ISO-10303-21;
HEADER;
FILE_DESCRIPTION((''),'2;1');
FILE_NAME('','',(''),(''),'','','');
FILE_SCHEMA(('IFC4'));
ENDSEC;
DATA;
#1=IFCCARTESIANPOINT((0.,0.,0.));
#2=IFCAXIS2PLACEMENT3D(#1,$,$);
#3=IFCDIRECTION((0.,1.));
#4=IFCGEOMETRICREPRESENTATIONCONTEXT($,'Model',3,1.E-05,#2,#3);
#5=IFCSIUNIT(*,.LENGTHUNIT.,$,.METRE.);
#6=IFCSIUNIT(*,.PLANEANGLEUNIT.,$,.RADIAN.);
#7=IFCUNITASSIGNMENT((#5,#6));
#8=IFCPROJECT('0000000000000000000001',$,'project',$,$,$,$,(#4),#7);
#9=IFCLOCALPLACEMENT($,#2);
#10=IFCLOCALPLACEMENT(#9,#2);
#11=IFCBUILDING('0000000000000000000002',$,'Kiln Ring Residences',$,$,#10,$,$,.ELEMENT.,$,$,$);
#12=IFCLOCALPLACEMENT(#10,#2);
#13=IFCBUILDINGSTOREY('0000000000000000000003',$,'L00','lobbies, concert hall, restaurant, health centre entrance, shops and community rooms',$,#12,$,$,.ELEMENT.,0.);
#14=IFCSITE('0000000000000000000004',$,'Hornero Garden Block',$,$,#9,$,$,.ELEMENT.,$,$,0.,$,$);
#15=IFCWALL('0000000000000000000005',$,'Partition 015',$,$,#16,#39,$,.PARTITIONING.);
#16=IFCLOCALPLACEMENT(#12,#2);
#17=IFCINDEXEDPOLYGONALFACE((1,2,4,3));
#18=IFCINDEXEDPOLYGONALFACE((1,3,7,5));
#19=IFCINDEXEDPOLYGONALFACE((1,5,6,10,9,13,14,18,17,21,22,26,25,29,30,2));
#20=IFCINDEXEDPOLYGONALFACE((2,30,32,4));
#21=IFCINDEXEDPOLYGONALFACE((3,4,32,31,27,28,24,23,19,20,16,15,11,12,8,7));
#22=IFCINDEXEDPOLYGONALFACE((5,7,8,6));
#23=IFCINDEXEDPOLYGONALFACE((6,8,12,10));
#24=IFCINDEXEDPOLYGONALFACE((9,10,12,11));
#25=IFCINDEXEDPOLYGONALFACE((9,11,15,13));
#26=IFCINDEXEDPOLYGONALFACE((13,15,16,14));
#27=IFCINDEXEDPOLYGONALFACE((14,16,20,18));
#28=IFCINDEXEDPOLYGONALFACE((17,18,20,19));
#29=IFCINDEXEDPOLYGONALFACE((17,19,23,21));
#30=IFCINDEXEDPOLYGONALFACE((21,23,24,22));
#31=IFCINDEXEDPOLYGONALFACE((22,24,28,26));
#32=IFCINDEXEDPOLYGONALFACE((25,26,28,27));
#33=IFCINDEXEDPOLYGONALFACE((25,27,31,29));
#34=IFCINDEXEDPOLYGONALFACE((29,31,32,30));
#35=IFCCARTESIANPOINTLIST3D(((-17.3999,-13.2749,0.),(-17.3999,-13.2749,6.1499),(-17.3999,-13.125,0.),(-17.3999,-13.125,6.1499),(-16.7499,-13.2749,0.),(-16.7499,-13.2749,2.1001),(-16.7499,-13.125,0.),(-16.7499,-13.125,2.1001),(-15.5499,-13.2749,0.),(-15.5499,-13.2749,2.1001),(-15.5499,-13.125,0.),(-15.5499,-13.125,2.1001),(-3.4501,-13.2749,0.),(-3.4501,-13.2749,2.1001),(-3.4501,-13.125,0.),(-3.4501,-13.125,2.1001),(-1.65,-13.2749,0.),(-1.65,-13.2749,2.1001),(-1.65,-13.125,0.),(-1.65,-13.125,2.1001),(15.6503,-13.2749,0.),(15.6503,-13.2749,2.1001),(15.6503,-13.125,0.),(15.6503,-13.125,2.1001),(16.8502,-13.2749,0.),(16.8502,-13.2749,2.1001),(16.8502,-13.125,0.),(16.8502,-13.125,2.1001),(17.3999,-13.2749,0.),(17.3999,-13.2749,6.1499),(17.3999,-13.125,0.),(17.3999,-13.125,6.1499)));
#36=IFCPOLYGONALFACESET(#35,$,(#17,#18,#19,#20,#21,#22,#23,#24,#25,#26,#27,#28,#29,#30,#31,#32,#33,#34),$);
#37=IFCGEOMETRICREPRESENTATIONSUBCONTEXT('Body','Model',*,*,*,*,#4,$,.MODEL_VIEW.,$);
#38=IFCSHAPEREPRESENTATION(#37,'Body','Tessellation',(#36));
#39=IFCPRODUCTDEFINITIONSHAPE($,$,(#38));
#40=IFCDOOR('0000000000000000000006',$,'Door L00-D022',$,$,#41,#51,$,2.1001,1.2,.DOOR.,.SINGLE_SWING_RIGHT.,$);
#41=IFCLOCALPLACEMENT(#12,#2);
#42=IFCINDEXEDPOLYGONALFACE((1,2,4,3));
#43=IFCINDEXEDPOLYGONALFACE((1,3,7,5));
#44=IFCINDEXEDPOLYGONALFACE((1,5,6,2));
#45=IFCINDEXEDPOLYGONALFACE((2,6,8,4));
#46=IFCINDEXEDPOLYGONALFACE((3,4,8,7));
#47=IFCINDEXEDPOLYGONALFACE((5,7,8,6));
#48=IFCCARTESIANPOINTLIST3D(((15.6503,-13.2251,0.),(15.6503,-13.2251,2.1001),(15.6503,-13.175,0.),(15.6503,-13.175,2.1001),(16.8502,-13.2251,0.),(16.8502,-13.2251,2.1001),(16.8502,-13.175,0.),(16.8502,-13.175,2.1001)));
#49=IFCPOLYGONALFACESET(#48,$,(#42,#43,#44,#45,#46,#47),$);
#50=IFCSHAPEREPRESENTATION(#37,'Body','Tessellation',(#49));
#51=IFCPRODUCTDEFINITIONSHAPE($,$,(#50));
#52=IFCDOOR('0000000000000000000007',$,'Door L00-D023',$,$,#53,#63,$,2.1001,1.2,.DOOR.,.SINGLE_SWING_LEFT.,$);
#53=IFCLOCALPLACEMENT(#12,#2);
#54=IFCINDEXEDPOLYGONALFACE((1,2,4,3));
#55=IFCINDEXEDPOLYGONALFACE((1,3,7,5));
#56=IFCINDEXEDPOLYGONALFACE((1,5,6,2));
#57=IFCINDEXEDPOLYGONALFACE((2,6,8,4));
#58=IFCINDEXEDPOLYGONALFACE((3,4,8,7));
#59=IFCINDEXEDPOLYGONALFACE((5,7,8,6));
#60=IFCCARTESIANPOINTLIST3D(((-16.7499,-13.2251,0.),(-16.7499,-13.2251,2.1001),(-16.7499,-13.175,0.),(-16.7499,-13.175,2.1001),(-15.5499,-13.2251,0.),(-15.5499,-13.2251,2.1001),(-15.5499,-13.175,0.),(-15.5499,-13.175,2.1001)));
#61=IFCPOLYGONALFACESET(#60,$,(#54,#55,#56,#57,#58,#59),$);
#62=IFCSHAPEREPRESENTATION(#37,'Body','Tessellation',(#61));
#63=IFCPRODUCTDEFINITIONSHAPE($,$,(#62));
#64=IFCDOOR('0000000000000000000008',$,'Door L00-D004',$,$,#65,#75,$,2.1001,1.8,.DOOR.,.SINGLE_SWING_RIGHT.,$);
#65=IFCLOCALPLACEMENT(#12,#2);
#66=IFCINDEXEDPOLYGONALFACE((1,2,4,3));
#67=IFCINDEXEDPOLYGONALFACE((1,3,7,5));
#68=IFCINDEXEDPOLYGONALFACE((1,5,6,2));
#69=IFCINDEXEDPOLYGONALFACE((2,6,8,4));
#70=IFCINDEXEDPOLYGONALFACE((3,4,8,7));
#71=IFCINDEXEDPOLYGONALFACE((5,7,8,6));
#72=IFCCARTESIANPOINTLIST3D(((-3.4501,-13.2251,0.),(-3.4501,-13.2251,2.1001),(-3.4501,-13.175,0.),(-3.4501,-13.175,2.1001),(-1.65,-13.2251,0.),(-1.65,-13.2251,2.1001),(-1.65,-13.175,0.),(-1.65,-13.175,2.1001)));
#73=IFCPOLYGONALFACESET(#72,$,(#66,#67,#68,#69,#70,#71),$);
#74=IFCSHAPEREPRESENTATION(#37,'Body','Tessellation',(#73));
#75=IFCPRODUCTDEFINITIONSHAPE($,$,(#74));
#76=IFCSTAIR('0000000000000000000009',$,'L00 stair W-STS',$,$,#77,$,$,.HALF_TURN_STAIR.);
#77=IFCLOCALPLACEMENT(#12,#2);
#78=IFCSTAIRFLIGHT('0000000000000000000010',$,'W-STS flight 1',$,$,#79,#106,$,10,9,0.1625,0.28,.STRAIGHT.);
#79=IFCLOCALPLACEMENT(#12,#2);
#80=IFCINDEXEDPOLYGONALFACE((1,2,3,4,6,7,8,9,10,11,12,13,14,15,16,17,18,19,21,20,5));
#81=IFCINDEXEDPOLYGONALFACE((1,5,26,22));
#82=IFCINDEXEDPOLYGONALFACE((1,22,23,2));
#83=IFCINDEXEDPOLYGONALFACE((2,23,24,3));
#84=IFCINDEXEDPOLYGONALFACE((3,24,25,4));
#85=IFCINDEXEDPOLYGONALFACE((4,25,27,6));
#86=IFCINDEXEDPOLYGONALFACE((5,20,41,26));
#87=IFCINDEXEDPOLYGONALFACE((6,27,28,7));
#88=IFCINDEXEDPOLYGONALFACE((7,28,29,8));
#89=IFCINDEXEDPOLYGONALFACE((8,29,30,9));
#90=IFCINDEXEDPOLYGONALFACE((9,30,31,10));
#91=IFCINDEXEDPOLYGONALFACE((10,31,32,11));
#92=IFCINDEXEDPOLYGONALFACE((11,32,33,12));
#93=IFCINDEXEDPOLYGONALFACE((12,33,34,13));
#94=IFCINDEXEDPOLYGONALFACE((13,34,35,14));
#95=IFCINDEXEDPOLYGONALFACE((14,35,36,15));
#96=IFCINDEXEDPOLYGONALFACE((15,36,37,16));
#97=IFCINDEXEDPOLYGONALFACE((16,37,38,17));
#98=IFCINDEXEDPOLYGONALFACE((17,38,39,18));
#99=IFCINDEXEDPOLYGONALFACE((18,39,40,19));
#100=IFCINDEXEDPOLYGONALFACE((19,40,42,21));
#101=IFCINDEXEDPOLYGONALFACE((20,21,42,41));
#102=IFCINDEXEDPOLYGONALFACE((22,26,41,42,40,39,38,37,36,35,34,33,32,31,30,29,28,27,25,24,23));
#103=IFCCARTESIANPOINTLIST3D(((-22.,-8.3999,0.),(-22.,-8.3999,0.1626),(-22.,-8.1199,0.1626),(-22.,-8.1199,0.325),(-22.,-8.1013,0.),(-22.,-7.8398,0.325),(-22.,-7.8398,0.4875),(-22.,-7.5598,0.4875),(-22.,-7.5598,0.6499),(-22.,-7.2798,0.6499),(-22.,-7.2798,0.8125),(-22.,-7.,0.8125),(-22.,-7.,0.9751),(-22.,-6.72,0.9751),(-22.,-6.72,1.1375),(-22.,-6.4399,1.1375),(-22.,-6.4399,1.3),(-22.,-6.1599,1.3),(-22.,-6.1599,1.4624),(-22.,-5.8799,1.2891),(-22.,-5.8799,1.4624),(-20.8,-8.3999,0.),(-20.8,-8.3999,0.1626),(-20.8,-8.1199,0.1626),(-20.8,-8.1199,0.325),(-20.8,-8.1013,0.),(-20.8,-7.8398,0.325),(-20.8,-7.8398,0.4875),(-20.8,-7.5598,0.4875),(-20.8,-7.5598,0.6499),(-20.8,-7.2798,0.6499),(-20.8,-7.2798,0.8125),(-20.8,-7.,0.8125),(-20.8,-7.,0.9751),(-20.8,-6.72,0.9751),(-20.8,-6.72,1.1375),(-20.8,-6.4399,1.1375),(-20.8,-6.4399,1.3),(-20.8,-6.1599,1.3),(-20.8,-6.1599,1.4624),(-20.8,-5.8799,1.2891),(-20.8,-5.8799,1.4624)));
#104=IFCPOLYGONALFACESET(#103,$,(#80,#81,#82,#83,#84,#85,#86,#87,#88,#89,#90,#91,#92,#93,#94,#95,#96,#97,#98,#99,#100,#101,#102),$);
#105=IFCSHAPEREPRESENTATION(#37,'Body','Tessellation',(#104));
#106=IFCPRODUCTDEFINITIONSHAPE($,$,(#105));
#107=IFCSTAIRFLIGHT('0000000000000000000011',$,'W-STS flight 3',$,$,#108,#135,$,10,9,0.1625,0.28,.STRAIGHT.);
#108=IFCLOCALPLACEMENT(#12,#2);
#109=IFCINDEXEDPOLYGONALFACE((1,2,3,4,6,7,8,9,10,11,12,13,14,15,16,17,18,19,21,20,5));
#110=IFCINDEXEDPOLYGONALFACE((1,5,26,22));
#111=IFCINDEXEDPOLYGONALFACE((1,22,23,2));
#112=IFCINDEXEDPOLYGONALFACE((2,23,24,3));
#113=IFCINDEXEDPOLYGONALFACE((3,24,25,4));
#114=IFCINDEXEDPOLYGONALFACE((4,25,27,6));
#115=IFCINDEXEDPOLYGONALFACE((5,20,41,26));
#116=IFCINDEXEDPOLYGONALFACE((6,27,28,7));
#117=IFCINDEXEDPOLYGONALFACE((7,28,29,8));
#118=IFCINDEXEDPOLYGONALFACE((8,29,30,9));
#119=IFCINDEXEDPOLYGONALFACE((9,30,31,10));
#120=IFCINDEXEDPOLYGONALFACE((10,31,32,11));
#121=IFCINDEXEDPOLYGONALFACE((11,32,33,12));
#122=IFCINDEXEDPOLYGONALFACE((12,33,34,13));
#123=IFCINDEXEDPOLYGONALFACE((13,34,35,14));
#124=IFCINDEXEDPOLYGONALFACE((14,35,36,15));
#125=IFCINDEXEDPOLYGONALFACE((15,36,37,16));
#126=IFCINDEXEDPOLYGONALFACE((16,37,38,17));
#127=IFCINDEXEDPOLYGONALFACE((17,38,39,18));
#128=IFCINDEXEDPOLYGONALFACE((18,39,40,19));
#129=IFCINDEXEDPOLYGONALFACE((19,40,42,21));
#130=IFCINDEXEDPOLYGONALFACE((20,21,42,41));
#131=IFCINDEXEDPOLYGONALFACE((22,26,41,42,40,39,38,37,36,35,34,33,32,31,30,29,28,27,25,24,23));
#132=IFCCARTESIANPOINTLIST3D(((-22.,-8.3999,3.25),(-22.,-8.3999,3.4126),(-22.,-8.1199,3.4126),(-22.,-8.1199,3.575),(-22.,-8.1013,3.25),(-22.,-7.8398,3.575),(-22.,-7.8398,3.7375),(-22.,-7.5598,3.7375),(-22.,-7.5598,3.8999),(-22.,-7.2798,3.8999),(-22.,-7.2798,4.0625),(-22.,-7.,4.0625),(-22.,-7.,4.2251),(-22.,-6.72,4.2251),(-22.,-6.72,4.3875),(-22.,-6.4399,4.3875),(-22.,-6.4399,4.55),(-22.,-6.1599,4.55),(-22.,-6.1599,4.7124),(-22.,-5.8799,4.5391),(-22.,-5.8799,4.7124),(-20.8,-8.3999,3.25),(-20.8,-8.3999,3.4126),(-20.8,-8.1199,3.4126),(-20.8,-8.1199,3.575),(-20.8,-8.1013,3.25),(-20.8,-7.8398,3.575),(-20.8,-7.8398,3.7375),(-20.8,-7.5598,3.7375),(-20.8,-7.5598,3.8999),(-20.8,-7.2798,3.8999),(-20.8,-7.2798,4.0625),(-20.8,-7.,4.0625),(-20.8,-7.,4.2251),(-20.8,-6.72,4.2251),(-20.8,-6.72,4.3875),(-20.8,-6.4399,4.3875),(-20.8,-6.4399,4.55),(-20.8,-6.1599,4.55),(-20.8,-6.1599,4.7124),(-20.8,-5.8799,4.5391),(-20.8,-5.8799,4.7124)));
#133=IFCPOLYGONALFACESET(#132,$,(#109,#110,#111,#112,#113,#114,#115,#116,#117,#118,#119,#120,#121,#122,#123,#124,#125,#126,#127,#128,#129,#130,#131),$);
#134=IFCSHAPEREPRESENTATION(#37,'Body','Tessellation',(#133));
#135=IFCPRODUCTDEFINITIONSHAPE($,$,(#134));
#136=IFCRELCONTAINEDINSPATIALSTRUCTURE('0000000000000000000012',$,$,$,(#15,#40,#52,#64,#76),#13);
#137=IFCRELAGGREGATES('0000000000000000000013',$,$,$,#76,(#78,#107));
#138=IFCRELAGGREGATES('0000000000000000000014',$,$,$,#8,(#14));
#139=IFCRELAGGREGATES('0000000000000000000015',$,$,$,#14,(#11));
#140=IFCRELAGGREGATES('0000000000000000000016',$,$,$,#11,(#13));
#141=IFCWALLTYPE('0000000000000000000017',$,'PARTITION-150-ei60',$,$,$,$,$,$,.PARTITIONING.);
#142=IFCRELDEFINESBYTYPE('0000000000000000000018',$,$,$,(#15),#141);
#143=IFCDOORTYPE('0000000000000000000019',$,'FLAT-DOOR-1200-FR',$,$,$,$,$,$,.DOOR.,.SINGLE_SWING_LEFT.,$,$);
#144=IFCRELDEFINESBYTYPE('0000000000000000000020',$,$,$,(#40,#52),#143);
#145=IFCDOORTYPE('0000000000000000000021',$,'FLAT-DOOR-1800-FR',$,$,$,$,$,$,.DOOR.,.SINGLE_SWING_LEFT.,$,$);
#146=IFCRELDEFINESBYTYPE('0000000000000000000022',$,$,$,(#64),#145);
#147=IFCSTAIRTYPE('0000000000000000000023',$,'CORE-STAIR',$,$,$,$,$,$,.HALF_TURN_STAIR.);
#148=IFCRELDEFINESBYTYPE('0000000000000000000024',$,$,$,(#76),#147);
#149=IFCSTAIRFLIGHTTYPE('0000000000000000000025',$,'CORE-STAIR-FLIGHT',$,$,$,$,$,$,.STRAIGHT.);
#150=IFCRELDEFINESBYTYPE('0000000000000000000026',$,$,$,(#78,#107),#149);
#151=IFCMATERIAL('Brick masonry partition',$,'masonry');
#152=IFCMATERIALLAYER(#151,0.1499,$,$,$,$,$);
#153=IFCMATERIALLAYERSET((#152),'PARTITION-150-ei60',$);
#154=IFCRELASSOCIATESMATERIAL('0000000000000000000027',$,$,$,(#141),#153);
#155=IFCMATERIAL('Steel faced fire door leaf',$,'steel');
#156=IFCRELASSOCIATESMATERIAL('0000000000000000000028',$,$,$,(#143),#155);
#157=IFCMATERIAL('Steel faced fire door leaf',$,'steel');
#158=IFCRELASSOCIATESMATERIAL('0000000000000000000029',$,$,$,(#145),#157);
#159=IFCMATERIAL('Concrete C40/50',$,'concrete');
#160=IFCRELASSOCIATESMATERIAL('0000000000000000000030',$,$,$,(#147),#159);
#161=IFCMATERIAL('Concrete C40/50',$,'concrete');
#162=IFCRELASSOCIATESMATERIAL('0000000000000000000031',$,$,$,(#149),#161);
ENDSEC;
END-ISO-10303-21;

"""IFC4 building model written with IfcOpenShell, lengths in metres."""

from ifc_helpers import new_model, si_unit, direction, frame, frame_2d, origin, place, context, subcontext, project, spatial, polyline, rectangle, outline, extrude, material, layer, layer_set, type_object, element, fill, aggregate, save


model = new_model("IFC4")

# Units and contexts
model_context = context("Model", 3, precision=1e-05, world=origin(), true_north=direction((0.0, 1.0)))
body_context = subcontext(model_context, "Body", "Model", "MODEL_VIEW")
ifc_project = project(units=[si_unit("LENGTHUNIT", "METRE"), si_unit("PLANEANGLEUNIT", "RADIAN")], contexts=[model_context])

# Site, building, storey
site_placement = place(None, origin())
site = spatial("IfcSite", under=ifc_project, at=site_placement, Name="Hornero Garden Block", CompositionType="ELEMENT", RefElevation=0.0)
building_placement = place(site_placement, origin())
building = spatial("IfcBuilding", under=site, at=building_placement, Name="Kiln Ring Residences", CompositionType="ELEMENT")
storey_placement = place(building_placement, origin())
storey = spatial("IfcBuildingStorey", under=building, at=storey_placement, Name="L00", Description="lobbies, concert hall, restaurant, health centre entrance, shops and community rooms", CompositionType="ELEMENT", Elevation=0.0)

# Wall, openings, doors
ifc_material_1 = material(Name="Brick masonry partition", Category="masonry")
ifc_layer_1 = layer(ifc_material_1, 0.1499)
ifc_layer_set_1 = layer_set([ifc_layer_1], Name="PARTITION-150-ei60")
wall_type_1 = type_object("IfcWallType", Name="PARTITION-150-ei60", PredefinedType="PARTITIONING", material=ifc_layer_set_1)
wall_1_placement = place(storey_placement, frame((-17.3999, -13.2, 0.0), z_axis=(0.0, 0.0, 1.0), x_axis=(1.0, 0.0, 0.0)))
wall_1 = element("IfcWall", 1, at=wall_1_placement, inside=storey, type_object=wall_type_1, Name="Partition 015", PredefinedType="PARTITIONING", context=body_context, shape_type="SweptSolid", body=[
    extrude(rectangle(XDim=34.7998, YDim=0.1499, at=frame_2d((17.3999, 0.0))), origin(), (0.0, 0.0, 1.0), 6.1499),
])
opening_1_placement = place(wall_1_placement, frame((13.95, 0.0, 0.0)))
opening_1 = element("IfcOpeningElement", 2, at=opening_1_placement, cuts=wall_1, PredefinedType="OPENING", context=body_context, shape_type="SweptSolid", body=[
    extrude(rectangle(XDim=1.8, YDim=2.1001, at=frame_2d((0.8999, 1.05))), frame((0.0, 0.085, 0.0), z_axis=(0.0, -1.0, 0.0), x_axis=(1.0, 0.0, 0.0)), (0.0, 0.0, 1.0), 0.1699),
])
opening_2_placement = place(wall_1_placement, frame((33.05, 0.0, 0.0)))
opening_2 = element("IfcOpeningElement", 3, at=opening_2_placement, cuts=wall_1, PredefinedType="OPENING", context=body_context, shape_type="SweptSolid", body=[
    extrude(rectangle(XDim=1.2, YDim=2.1001, at=frame_2d((0.6001, 1.05))), frame((0.0, 0.085, 0.0), z_axis=(0.0, -1.0, 0.0), x_axis=(1.0, 0.0, 0.0)), (0.0, 0.0, 1.0), 0.1699),
])
opening_3_placement = place(wall_1_placement, frame((0.6499, 0.0, 0.0)))
opening_3 = element("IfcOpeningElement", 4, at=opening_3_placement, cuts=wall_1, PredefinedType="OPENING", context=body_context, shape_type="SweptSolid", body=[
    extrude(rectangle(XDim=1.2, YDim=2.1001, at=frame_2d((0.6001, 1.05))), frame((0.0, 0.085, 0.0), z_axis=(0.0, -1.0, 0.0), x_axis=(1.0, 0.0, 0.0)), (0.0, 0.0, 1.0), 0.1699),
])
ifc_material_2 = material(Name="Steel faced fire door leaf", Category="steel")
door_type_1 = type_object("IfcDoorType", Name="FLAT-DOOR-1200-FR", OperationType="SINGLE_SWING_LEFT", PredefinedType="DOOR", material=ifc_material_2)
door_1_placement = place(opening_2_placement, origin())
door_1 = element("IfcDoor", 5, at=door_1_placement, inside=storey, type_object=door_type_1, Name="Door L00-D022", OperationType="SINGLE_SWING_RIGHT", OverallHeight=2.1001, OverallWidth=1.2, PredefinedType="DOOR", context=body_context, shape_type="SweptSolid", body=[
    extrude(rectangle(XDim=1.2, YDim=2.1001, at=frame_2d((0.6001, 1.05))), frame((0.0, 0.0249, 0.0), z_axis=(0.0, -1.0, 0.0), x_axis=(1.0, 0.0, 0.0)), (0.0, 0.0, 1.0), 0.05),
])
fill(opening_2, door_1)
door_2_placement = place(opening_3_placement, origin())
door_2 = element("IfcDoor", 6, at=door_2_placement, inside=storey, type_object=door_type_1, Name="Door L00-D023", OperationType="SINGLE_SWING_LEFT", OverallHeight=2.1001, OverallWidth=1.2, PredefinedType="DOOR", context=body_context, shape_type="SweptSolid", body=[
    extrude(rectangle(XDim=1.2, YDim=2.1001, at=frame_2d((0.6001, 1.05))), frame((0.0, 0.0249, 0.0), z_axis=(0.0, -1.0, 0.0), x_axis=(1.0, 0.0, 0.0)), (0.0, 0.0, 1.0), 0.05),
])
fill(opening_3, door_2)
ifc_material_3 = material(Name="Steel faced fire door leaf", Category="steel")
door_type_2 = type_object("IfcDoorType", Name="FLAT-DOOR-1800-FR", OperationType="SINGLE_SWING_LEFT", PredefinedType="DOOR", material=ifc_material_3)
door_3_placement = place(opening_1_placement, origin())
door_3 = element("IfcDoor", 7, at=door_3_placement, inside=storey, type_object=door_type_2, Name="Door L00-D004", OperationType="SINGLE_SWING_RIGHT", OverallHeight=2.1001, OverallWidth=1.8, PredefinedType="DOOR", context=body_context, shape_type="SweptSolid", body=[
    extrude(rectangle(XDim=1.8, YDim=2.1001, at=frame_2d((0.8999, 1.05))), frame((0.0, 0.0249, 0.0), z_axis=(0.0, -1.0, 0.0), x_axis=(1.0, 0.0, 0.0)), (0.0, 0.0, 1.0), 0.05),
])
fill(opening_1, door_3)

# Stair, stair flights
ifc_material_4 = material(Name="Concrete C40/50", Category="concrete")
stair_type = type_object("IfcStairType", Name="CORE-STAIR", PredefinedType="HALF_TURN_STAIR", material=ifc_material_4)
stair_placement = place(storey_placement, origin())
stair = element("IfcStair", 8, at=stair_placement, inside=storey, type_object=stair_type, Name="L00 stair W-STS", PredefinedType="HALF_TURN_STAIR")
ifc_material_5 = material(Name="Concrete C40/50", Category="concrete")
stair_flight_type = type_object("IfcStairFlightType", Name="CORE-STAIR-FLIGHT", PredefinedType="STRAIGHT", material=ifc_material_5)
stair_flight_1_placement = place(storey_placement, frame((-21.3999, -8.3999, 0.0), z_axis=(0.0, 0.0, 1.0), x_axis=(0.0, 1.0, 0.0)))
stair_flight_1 = element("IfcStairFlight", 9, at=stair_flight_1_placement, type_object=stair_flight_type, Name="W-STS flight 1", NumberOfRisers=10, NumberOfTreads=9, PredefinedType="STRAIGHT", RiserHeight=0.1625, TreadLength=0.28, context=body_context, shape_type="SweptSolid", body=[
    extrude(outline(polyline([(0.0, 0.0), (0.0, 0.1626), (0.28, 0.1626), (0.28, 0.325), (0.5601, 0.325), (0.5601, 0.4875), (0.8401, 0.4875), (0.8401, 0.6499), (1.1201, 0.6499), (1.1201, 0.8125), (1.3999, 0.8125), (1.3999, 0.9751), (1.6799, 0.9751), (1.6799, 1.1375), (1.96, 1.1375), (1.96, 1.3), (2.24, 1.3), (2.24, 1.4624), (2.52, 1.4624), (2.52, 1.625), (2.52, 1.2891), (0.2986, 0.0), (0.0, 0.0)])), frame((0.0, 0.6001, 0.0), z_axis=(0.0, -1.0, 0.0), x_axis=(1.0, 0.0, 0.0)), (0.0, 0.0, 1.0), 1.2),
])
stair_flight_2_placement = place(storey_placement, frame((-21.3999, -8.3999, 3.25), z_axis=(0.0, 0.0, 1.0), x_axis=(0.0, 1.0, 0.0)))
stair_flight_2 = element("IfcStairFlight", 10, at=stair_flight_2_placement, type_object=stair_flight_type, Name="W-STS flight 3", NumberOfRisers=10, NumberOfTreads=9, PredefinedType="STRAIGHT", RiserHeight=0.1625, TreadLength=0.28, context=body_context, shape_type="SweptSolid", body=[
    extrude(outline(polyline([(0.0, 0.0), (0.0, 0.1626), (0.28, 0.1626), (0.28, 0.325), (0.5601, 0.325), (0.5601, 0.4875), (0.8401, 0.4875), (0.8401, 0.6499), (1.1201, 0.6499), (1.1201, 0.8125), (1.3999, 0.8125), (1.3999, 0.9751), (1.6799, 0.9751), (1.6799, 1.1375), (1.96, 1.1375), (1.96, 1.3), (2.24, 1.3), (2.24, 1.4624), (2.52, 1.4624), (2.52, 1.625), (2.52, 1.2891), (0.2986, 0.0), (0.0, 0.0)])), frame((0.0, 0.6001, 0.0), z_axis=(0.0, -1.0, 0.0), x_axis=(1.0, 0.0, 0.0)), (0.0, 0.0, 1.0), 1.2),
])
aggregate(stair, [stair_flight_1, stair_flight_2])

save(model, "model.ifc")
